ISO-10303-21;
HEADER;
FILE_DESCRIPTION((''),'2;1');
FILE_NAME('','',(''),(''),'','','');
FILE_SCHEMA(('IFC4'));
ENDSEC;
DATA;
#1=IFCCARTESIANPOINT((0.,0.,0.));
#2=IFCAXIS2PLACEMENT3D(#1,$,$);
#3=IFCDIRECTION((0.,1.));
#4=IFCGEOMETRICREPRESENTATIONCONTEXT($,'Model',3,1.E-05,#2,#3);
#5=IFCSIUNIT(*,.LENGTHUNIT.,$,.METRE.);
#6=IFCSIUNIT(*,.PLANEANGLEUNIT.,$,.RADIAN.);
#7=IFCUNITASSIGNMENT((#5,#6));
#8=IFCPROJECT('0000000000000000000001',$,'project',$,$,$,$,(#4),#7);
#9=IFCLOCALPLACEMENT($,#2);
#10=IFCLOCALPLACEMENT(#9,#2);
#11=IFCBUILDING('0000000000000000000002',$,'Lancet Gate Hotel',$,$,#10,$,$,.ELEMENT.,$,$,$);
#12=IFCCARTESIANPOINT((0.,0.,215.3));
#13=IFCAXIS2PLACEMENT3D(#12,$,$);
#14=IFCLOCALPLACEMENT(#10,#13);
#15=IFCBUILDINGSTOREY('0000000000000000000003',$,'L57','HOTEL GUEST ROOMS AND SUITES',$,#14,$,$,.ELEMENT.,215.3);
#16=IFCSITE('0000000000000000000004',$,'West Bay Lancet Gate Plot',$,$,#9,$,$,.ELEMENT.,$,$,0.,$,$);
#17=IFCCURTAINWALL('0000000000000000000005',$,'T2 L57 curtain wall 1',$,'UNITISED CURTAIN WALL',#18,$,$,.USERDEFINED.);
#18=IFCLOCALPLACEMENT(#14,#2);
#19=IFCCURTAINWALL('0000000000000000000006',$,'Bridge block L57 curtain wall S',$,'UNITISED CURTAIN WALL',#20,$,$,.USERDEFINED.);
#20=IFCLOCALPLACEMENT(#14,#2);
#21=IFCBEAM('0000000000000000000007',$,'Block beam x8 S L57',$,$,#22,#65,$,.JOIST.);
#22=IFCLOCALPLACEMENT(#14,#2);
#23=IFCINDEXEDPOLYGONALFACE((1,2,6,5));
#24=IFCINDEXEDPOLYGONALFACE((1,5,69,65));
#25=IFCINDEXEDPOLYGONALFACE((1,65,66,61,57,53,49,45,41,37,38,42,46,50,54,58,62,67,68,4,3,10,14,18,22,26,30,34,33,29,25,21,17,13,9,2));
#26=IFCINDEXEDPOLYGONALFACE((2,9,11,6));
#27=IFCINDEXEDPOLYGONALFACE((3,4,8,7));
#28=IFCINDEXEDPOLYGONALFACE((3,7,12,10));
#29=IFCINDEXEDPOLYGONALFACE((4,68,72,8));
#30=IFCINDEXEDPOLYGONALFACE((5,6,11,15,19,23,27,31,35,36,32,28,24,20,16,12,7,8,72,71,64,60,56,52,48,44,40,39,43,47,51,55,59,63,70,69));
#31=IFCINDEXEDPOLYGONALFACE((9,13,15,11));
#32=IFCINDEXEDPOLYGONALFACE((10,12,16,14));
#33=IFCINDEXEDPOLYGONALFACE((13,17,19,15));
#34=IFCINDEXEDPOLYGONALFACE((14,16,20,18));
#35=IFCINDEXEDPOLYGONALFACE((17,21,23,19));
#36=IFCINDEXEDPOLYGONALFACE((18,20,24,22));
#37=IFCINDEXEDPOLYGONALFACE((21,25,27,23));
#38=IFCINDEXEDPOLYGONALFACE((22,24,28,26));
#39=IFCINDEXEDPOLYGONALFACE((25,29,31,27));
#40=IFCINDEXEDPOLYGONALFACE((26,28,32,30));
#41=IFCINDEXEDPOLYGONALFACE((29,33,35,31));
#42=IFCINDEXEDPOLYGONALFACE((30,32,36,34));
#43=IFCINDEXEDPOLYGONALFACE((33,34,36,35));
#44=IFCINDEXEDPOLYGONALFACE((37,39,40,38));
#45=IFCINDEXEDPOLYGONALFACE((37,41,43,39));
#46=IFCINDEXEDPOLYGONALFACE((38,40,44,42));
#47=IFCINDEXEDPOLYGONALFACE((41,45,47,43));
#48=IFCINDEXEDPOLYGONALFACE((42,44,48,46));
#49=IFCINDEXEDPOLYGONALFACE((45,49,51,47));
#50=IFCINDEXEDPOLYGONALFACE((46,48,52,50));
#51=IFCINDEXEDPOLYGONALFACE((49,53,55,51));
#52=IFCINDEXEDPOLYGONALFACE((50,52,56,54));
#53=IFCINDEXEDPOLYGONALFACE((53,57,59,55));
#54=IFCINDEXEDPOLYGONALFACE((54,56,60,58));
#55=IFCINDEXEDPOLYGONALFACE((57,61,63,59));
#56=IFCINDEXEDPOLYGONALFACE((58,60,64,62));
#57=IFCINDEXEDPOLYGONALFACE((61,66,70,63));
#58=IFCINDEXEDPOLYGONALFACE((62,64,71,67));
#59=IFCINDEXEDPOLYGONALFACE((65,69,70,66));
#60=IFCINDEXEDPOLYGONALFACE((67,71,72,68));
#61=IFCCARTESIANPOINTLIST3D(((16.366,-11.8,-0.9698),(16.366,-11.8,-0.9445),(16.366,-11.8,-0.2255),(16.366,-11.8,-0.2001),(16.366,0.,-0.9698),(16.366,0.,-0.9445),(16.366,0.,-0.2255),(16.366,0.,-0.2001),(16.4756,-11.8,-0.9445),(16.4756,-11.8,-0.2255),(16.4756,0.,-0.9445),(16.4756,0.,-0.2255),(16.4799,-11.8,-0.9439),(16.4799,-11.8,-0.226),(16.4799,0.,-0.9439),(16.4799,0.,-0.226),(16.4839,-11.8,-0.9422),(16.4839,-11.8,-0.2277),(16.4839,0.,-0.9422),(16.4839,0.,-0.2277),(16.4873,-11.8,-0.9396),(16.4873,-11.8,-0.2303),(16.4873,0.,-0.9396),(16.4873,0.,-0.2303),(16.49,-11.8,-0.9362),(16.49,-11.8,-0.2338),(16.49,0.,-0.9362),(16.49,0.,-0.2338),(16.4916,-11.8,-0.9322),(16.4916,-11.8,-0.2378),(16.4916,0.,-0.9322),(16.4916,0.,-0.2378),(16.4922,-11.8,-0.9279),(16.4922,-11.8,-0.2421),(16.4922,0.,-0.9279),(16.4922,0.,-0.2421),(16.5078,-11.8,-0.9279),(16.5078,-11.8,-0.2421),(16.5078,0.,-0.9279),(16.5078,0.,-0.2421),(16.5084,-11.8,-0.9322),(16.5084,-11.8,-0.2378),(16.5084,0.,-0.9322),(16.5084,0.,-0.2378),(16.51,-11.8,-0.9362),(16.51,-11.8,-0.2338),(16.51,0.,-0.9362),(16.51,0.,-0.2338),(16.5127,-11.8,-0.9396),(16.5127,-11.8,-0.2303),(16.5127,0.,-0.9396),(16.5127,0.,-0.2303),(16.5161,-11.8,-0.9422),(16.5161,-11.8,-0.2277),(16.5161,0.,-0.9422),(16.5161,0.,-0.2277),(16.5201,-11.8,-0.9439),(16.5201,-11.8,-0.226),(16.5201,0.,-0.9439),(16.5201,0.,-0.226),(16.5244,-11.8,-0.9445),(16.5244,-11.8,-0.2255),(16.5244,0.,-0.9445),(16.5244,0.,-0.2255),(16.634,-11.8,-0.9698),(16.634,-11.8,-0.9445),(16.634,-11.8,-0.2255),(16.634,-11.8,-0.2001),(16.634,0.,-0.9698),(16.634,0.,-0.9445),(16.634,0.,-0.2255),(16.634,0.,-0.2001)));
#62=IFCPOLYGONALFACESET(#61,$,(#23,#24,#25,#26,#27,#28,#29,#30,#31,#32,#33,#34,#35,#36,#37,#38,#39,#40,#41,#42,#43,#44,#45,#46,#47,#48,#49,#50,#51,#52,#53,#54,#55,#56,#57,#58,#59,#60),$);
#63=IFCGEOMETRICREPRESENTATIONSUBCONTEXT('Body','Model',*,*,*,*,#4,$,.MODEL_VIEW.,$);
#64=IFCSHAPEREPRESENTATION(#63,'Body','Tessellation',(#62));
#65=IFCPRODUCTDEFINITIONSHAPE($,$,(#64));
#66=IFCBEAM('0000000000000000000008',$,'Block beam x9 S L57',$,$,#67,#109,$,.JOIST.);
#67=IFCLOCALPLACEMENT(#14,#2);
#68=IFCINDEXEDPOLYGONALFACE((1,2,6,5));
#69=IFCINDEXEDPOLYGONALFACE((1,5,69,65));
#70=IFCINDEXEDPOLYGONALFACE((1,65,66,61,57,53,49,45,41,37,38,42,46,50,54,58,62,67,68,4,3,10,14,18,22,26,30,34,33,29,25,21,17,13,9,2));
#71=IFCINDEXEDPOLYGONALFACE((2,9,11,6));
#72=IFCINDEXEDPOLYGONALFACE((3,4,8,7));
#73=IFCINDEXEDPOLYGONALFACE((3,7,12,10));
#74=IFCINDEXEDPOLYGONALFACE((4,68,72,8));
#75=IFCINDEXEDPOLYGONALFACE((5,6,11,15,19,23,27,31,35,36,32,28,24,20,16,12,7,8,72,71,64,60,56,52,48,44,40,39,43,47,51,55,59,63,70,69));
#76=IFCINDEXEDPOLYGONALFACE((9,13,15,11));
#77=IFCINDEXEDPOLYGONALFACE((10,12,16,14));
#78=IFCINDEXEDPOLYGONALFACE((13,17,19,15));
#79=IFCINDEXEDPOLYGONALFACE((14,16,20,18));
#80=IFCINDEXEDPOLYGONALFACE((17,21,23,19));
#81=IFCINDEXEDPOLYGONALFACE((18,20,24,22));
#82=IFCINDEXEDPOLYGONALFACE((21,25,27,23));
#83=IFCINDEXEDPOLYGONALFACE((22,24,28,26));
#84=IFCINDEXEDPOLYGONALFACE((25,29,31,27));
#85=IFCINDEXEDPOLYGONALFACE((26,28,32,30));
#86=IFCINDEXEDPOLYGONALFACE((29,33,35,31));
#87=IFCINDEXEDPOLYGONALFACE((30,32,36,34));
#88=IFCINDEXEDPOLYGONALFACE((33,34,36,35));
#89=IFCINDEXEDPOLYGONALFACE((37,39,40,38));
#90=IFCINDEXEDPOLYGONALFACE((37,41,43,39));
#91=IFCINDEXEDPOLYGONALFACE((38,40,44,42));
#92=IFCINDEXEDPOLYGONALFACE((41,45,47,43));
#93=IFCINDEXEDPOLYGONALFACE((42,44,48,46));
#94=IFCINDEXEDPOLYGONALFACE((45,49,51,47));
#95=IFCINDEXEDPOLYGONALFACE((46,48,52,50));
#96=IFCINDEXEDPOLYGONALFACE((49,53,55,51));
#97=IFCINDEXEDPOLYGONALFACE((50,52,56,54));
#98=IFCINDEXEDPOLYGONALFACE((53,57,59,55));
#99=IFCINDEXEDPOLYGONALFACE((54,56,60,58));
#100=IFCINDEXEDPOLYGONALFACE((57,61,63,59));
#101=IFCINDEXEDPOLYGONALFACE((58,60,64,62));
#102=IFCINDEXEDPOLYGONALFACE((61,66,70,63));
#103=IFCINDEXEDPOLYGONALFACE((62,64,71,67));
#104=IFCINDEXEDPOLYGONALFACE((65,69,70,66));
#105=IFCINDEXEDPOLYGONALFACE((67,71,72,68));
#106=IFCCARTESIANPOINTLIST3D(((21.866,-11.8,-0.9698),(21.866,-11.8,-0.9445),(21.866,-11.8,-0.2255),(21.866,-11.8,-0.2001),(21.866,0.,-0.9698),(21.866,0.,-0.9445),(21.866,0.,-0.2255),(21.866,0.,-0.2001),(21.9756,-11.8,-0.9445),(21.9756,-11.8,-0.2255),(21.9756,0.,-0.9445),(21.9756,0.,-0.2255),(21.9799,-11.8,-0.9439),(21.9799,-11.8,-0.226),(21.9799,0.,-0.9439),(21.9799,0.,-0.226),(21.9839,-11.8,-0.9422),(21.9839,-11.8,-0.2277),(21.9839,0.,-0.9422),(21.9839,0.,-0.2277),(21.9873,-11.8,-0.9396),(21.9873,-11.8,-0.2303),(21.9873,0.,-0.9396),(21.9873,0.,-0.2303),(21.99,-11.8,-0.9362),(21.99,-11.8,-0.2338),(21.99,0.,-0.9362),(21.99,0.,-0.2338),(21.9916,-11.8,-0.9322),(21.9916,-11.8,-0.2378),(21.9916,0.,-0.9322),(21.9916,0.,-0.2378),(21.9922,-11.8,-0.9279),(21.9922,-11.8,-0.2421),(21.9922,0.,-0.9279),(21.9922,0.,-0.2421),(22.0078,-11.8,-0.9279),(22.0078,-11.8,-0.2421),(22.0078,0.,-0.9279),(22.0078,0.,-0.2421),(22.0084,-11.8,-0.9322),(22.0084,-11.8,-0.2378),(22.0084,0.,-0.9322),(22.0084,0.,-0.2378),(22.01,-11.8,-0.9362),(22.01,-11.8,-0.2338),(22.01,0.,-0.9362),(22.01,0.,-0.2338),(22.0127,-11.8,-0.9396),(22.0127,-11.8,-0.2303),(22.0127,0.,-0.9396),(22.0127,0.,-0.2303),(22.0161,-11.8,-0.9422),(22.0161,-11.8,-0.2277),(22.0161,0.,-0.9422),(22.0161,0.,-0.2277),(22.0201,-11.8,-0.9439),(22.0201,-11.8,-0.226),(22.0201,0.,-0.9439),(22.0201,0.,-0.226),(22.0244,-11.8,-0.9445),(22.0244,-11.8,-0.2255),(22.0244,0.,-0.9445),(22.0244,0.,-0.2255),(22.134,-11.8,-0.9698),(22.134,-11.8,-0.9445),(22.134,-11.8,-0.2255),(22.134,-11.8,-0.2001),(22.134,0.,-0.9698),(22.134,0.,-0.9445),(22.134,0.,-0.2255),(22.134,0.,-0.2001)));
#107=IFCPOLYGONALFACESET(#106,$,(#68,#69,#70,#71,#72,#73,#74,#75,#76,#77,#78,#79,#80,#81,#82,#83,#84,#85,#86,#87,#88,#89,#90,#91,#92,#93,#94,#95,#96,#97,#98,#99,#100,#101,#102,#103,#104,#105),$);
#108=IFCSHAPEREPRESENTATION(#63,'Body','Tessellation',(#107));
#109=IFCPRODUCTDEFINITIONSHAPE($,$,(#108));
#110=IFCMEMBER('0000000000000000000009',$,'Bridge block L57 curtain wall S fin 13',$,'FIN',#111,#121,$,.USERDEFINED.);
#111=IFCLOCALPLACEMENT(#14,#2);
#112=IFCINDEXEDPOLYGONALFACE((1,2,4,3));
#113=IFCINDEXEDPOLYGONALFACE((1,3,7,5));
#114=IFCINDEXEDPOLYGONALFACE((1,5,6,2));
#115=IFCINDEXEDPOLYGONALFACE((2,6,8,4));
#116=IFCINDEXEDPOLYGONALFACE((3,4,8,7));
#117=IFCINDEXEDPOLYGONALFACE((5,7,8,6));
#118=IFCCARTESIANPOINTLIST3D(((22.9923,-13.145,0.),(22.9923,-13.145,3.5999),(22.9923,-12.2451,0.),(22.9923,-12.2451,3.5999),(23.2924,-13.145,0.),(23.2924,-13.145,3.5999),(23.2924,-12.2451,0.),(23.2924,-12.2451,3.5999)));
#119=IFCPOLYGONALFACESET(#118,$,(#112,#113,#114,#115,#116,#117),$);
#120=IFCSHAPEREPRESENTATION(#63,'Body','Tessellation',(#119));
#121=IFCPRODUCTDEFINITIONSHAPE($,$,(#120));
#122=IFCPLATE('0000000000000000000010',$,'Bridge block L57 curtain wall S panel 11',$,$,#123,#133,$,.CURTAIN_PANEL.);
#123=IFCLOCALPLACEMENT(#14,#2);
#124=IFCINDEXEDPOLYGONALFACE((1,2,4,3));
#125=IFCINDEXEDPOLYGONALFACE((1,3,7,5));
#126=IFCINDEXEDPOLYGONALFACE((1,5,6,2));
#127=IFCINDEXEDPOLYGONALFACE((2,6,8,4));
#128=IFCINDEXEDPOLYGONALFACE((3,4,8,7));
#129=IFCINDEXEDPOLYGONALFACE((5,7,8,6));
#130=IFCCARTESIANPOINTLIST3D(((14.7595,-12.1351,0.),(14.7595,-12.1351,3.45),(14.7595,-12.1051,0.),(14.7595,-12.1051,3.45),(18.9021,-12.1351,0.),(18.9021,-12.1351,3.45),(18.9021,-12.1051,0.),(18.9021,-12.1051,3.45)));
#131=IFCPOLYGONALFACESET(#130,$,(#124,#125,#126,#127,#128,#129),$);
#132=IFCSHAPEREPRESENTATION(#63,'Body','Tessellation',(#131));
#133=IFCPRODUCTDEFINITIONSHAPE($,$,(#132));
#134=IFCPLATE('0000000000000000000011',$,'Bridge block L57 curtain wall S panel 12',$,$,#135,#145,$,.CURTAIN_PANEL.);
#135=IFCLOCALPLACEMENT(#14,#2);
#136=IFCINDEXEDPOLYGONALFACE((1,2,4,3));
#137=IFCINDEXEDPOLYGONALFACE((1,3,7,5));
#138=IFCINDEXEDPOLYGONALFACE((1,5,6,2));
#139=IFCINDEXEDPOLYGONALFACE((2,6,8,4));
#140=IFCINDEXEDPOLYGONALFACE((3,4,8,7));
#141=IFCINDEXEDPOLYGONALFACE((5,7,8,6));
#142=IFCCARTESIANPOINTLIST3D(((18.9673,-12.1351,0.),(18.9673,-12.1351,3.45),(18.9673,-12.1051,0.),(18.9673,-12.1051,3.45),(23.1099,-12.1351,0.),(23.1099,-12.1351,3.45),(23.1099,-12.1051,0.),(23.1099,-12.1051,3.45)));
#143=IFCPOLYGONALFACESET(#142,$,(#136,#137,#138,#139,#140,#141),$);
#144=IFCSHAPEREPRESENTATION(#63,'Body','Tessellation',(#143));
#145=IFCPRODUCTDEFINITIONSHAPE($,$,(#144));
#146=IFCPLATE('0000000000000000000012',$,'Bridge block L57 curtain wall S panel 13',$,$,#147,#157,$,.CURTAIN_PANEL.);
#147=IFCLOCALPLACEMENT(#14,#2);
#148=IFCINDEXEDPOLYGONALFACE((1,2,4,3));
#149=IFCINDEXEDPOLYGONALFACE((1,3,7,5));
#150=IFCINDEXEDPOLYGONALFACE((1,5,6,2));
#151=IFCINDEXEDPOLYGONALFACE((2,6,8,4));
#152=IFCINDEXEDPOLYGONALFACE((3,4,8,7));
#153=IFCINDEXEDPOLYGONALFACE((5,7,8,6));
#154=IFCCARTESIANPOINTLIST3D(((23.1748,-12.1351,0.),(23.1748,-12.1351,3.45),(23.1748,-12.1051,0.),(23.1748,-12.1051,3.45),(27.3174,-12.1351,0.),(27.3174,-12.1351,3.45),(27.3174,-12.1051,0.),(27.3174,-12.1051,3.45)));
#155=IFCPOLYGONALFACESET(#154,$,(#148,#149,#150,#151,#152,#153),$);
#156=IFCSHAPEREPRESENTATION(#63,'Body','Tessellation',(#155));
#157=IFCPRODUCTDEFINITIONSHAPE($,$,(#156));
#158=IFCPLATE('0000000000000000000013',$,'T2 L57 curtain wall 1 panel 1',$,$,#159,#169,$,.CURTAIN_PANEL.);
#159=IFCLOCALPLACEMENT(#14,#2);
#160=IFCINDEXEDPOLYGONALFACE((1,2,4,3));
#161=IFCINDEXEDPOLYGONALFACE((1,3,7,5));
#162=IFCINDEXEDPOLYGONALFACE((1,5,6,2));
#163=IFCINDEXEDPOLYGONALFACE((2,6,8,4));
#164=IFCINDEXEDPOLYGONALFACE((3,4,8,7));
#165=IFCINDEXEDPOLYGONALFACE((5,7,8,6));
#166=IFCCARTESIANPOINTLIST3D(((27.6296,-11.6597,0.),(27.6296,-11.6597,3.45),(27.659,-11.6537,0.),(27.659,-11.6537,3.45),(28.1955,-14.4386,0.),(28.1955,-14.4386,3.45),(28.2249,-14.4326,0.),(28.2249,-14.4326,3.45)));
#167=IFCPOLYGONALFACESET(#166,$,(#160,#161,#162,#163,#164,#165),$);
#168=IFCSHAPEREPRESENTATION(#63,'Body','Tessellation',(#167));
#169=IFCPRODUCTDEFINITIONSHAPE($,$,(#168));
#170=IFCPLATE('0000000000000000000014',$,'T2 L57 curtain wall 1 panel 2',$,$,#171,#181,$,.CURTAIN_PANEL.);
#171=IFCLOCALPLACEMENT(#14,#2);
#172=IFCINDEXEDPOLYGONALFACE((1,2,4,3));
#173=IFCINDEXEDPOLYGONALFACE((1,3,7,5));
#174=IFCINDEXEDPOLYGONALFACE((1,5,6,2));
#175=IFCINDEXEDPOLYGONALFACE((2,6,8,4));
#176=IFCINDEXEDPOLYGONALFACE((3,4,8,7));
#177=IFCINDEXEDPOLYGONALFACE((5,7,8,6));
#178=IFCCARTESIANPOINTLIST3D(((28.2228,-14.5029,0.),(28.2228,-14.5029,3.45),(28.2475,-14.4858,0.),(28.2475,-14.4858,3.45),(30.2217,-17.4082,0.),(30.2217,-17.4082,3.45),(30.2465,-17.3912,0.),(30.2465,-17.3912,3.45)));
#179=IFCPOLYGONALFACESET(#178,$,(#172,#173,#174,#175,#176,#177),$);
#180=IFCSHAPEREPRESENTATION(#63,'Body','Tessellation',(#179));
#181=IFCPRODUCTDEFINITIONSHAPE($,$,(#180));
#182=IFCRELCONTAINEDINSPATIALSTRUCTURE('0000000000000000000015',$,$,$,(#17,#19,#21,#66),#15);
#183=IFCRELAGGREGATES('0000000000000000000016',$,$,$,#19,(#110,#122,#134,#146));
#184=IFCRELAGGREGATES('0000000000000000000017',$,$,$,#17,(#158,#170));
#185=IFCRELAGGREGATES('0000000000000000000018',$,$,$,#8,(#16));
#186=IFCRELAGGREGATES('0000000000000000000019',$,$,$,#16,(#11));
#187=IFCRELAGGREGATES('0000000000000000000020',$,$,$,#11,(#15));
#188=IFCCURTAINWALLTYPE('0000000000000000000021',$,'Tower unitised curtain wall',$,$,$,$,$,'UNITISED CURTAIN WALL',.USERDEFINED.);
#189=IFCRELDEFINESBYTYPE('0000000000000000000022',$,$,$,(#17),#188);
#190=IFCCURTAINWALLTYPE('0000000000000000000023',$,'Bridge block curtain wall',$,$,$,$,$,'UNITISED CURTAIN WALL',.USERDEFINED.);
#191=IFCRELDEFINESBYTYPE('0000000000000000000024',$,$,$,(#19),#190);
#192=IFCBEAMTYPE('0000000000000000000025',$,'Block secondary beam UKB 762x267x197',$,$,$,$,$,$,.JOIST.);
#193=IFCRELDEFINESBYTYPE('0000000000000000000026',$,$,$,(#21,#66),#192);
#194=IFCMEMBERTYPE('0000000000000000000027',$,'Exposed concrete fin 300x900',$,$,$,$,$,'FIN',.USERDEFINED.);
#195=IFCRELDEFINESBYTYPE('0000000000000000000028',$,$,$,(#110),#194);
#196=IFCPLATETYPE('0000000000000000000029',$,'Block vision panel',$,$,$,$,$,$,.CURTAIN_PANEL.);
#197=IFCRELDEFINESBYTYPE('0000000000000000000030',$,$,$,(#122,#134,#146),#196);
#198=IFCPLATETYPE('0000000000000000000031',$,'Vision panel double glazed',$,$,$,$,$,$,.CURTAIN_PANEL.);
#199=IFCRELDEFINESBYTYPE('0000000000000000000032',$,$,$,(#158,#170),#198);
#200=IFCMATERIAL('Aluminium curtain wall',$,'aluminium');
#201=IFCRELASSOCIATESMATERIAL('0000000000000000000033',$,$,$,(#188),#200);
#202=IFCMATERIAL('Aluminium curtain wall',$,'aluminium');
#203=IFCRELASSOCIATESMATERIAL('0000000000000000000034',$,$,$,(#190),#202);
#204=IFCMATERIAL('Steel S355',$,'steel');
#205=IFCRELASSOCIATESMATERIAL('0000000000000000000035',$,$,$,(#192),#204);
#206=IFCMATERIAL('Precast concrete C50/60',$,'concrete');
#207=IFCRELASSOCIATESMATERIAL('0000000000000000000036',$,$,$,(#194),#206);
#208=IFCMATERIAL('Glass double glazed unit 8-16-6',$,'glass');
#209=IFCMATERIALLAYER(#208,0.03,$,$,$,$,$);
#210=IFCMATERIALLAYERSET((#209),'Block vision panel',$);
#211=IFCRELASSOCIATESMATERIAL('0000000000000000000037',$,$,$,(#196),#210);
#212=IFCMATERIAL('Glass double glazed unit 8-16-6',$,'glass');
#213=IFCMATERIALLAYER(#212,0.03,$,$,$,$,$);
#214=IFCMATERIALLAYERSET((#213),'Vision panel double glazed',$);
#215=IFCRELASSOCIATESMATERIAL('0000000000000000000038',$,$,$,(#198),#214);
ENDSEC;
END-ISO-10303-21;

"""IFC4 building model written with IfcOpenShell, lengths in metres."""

from ifc_helpers import new_model, si_unit, direction, frame, origin, origin_2d, place, context, subcontext, project, spatial, rectangle, i_section, extrude, material, layer, layer_set, material_profile, profile_set, type_object, element, aggregate, save


model = new_model("IFC4")

# Units and contexts
model_context = context("Model", 3, precision=1e-05, world=origin(), true_north=direction((0.0, 1.0)))
body_context = subcontext(model_context, "Body", "Model", "MODEL_VIEW")
ifc_project = project(units=[si_unit("LENGTHUNIT", "METRE"), si_unit("PLANEANGLEUNIT", "RADIAN")], contexts=[model_context])

# Site, building, storey
site_placement = place(None, origin())
site = spatial("IfcSite", under=ifc_project, at=site_placement, Name="West Bay Lancet Gate Plot", CompositionType="ELEMENT", RefElevation=0.0)
building_placement = place(site_placement, origin())
building = spatial("IfcBuilding", under=site, at=building_placement, Name="Lancet Gate Hotel", CompositionType="ELEMENT")
storey_placement = place(building_placement, frame((0.0, 0.0, 215.3)))
storey = spatial("IfcBuildingStorey", under=building, at=storey_placement, Name="L57", Description="HOTEL GUEST ROOMS AND SUITES", CompositionType="ELEMENT", Elevation=215.3)

# Curtain wall
ifc_material_1 = material(Name="Aluminium curtain wall", Category="aluminium")
curtain_wall_type_1 = type_object("IfcCurtainWallType", Name="Tower unitised curtain wall", ElementType="UNITISED CURTAIN WALL", PredefinedType="USERDEFINED", material=ifc_material_1)
curtain_wall_1_placement = place(storey_placement, origin())
curtain_wall_1 = element("IfcCurtainWall", 1, at=curtain_wall_1_placement, inside=storey, type_object=curtain_wall_type_1, Name="T2 L57 curtain wall 1", ObjectType="UNITISED CURTAIN WALL", PredefinedType="USERDEFINED")

# Curtain wall
ifc_material_2 = material(Name="Aluminium curtain wall", Category="aluminium")
curtain_wall_type_2 = type_object("IfcCurtainWallType", Name="Bridge block curtain wall", ElementType="UNITISED CURTAIN WALL", PredefinedType="USERDEFINED", material=ifc_material_2)
curtain_wall_2_placement = place(storey_placement, origin())
curtain_wall_2 = element("IfcCurtainWall", 2, at=curtain_wall_2_placement, inside=storey, type_object=curtain_wall_type_2, Name="Bridge block L57 curtain wall S", ObjectType="UNITISED CURTAIN WALL", PredefinedType="USERDEFINED")

# Beams
ifc_material_3 = material(Name="Steel S355", Category="steel")
ifc_material_profile_1 = material_profile(ifc_material_3, i_section(OverallWidth=0.2681, OverallDepth=0.7698, WebThickness=0.0156, FlangeThickness=0.0254, FilletRadius=0.0166, at=origin_2d()), Name="UKB 762x267x197")
ifc_profile_set_1 = profile_set([ifc_material_profile_1], Name="Steel S355")
beam_type_1 = type_object("IfcBeamType", Name="Block secondary beam UKB 762x267x197", PredefinedType="JOIST", material=ifc_profile_set_1)
for number, where, z_axis, x_axis, name in (
    (3, (16.5, -11.8, -0.585), (0.0, 1.0, 0.0), (-1.0, 0.0, 0.0), "Block beam x8 S L57"),
    (4, (22.0, -11.8, -0.585), (0.0, 1.0, 0.0), (-1.0, 0.0, 0.0), "Block beam x9 S L57"),
):
    element("IfcBeam", number, at=place(storey_placement, frame(where, z_axis=z_axis, x_axis=x_axis)), inside=storey, type_object=beam_type_1, Name=name, PredefinedType="JOIST", context=body_context, shape_type="SweptSolid", body=[
        extrude(i_section(OverallWidth=0.2681, OverallDepth=0.7698, WebThickness=0.0156, FlangeThickness=0.0254, FilletRadius=0.0166, at=origin_2d()), origin(), (0.0, 0.0, 1.0), 11.8),
    ])

# Member
ifc_material_4 = material(Name="Precast concrete C50/60", Category="concrete")
ifc_material_profile_2 = material_profile(ifc_material_4, rectangle(XDim=0.3, YDim=0.8999, at=origin_2d()), Name="FIN 300x900")
ifc_profile_set_2 = profile_set([ifc_material_profile_2], Name="Precast concrete C50/60")
member_type_1 = type_object("IfcMemberType", Name="Exposed concrete fin 300x900", ElementType="FIN", PredefinedType="USERDEFINED", material=ifc_profile_set_2)
member_1_placement = place(storey_placement, frame((23.1423, -12.6951, 0.0), z_axis=(0.0, 0.0, 1.0), x_axis=(1.0, 0.0, 0.0)))
member_1 = element("IfcMember", 5, at=member_1_placement, type_object=member_type_1, Name="Bridge block L57 curtain wall S fin 13", ObjectType="FIN", PredefinedType="USERDEFINED", context=body_context, shape_type="SweptSolid", body=[
    extrude(rectangle(XDim=0.3, YDim=0.8999, at=origin_2d()), origin(), (0.0, 0.0, 1.0), 3.5999),
])

# Plates
ifc_material_5 = material(Name="Glass double glazed unit 8-16-6", Category="glass")
ifc_layer_1 = layer(ifc_material_5, 0.03)
ifc_layer_set_1 = layer_set([ifc_layer_1], Name="Block vision panel")
plate_type_1 = type_object("IfcPlateType", Name="Block vision panel", PredefinedType="CURTAIN_PANEL", material=ifc_layer_set_1)
plate_1_placement = place(storey_placement, frame((16.8308, -12.1201, 0.0), z_axis=(0.0, 0.0, 1.0), x_axis=(1.0, 0.0, 0.0)))
plate_1 = element("IfcPlate", 6, at=plate_1_placement, type_object=plate_type_1, Name="Bridge block L57 curtain wall S panel 11", PredefinedType="CURTAIN_PANEL", context=body_context, shape_type="SweptSolid", body=[
    extrude(rectangle(XDim=4.1426, YDim=0.03, at=origin_2d()), origin(), (0.0, 0.0, 1.0), 3.45),
])
plate_2_placement = place(storey_placement, frame((21.0386, -12.1201, 0.0), z_axis=(0.0, 0.0, 1.0), x_axis=(1.0, 0.0, 0.0)))
plate_2 = element("IfcPlate", 7, at=plate_2_placement, type_object=plate_type_1, Name="Bridge block L57 curtain wall S panel 12", PredefinedType="CURTAIN_PANEL", context=body_context, shape_type="SweptSolid", body=[
    extrude(rectangle(XDim=4.1426, YDim=0.03, at=origin_2d()), origin(), (0.0, 0.0, 1.0), 3.45),
])
plate_3_placement = place(storey_placement, frame((25.2461, -12.1201, 0.0), z_axis=(0.0, 0.0, 1.0), x_axis=(1.0, 0.0, 0.0)))
plate_3 = element("IfcPlate", 8, at=plate_3_placement, type_object=plate_type_1, Name="Bridge block L57 curtain wall S panel 13", PredefinedType="CURTAIN_PANEL", context=body_context, shape_type="SweptSolid", body=[
    extrude(rectangle(XDim=4.1426, YDim=0.03, at=origin_2d()), origin(), (0.0, 0.0, 1.0), 3.45),
])
aggregate(curtain_wall_2, [member_1, plate_1, plate_2, plate_3])
ifc_material_6 = material(Name="Glass double glazed unit 8-16-6", Category="glass")
ifc_layer_2 = layer(ifc_material_6, 0.03)
ifc_layer_set_2 = layer_set([ifc_layer_2], Name="Vision panel double glazed")
plate_type_2 = type_object("IfcPlateType", Name="Vision panel double glazed", PredefinedType="CURTAIN_PANEL", material=ifc_layer_set_2)
plate_4_placement = place(storey_placement, frame((27.9272, -13.0461, 0.0), z_axis=(0.0, 0.0, 1.0), x_axis=(0.199533, -0.979891, 0.0)))
plate_4 = element("IfcPlate", 9, at=plate_4_placement, type_object=plate_type_2, Name="T2 L57 curtain wall 1 panel 1", PredefinedType="CURTAIN_PANEL", context=body_context, shape_type="SweptSolid", body=[
    extrude(rectangle(XDim=2.8359, YDim=0.03, at=origin_2d()), origin(), (0.0, 0.0, 1.0), 3.45),
])
plate_5_placement = place(storey_placement, frame((29.2346, -15.947, 0.0), z_axis=(0.0, 0.0, 1.0), x_axis=(0.566824, -0.823839, 0.0)))
plate_5 = element("IfcPlate", 10, at=plate_5_placement, type_object=plate_type_2, Name="T2 L57 curtain wall 1 panel 2", PredefinedType="CURTAIN_PANEL", context=body_context, shape_type="SweptSolid", body=[
    extrude(rectangle(XDim=3.5266, YDim=0.03, at=origin_2d()), origin(), (0.0, 0.0, 1.0), 3.45),
])
aggregate(curtain_wall_1, [plate_4, plate_5])

save(model, "model.ifc")
